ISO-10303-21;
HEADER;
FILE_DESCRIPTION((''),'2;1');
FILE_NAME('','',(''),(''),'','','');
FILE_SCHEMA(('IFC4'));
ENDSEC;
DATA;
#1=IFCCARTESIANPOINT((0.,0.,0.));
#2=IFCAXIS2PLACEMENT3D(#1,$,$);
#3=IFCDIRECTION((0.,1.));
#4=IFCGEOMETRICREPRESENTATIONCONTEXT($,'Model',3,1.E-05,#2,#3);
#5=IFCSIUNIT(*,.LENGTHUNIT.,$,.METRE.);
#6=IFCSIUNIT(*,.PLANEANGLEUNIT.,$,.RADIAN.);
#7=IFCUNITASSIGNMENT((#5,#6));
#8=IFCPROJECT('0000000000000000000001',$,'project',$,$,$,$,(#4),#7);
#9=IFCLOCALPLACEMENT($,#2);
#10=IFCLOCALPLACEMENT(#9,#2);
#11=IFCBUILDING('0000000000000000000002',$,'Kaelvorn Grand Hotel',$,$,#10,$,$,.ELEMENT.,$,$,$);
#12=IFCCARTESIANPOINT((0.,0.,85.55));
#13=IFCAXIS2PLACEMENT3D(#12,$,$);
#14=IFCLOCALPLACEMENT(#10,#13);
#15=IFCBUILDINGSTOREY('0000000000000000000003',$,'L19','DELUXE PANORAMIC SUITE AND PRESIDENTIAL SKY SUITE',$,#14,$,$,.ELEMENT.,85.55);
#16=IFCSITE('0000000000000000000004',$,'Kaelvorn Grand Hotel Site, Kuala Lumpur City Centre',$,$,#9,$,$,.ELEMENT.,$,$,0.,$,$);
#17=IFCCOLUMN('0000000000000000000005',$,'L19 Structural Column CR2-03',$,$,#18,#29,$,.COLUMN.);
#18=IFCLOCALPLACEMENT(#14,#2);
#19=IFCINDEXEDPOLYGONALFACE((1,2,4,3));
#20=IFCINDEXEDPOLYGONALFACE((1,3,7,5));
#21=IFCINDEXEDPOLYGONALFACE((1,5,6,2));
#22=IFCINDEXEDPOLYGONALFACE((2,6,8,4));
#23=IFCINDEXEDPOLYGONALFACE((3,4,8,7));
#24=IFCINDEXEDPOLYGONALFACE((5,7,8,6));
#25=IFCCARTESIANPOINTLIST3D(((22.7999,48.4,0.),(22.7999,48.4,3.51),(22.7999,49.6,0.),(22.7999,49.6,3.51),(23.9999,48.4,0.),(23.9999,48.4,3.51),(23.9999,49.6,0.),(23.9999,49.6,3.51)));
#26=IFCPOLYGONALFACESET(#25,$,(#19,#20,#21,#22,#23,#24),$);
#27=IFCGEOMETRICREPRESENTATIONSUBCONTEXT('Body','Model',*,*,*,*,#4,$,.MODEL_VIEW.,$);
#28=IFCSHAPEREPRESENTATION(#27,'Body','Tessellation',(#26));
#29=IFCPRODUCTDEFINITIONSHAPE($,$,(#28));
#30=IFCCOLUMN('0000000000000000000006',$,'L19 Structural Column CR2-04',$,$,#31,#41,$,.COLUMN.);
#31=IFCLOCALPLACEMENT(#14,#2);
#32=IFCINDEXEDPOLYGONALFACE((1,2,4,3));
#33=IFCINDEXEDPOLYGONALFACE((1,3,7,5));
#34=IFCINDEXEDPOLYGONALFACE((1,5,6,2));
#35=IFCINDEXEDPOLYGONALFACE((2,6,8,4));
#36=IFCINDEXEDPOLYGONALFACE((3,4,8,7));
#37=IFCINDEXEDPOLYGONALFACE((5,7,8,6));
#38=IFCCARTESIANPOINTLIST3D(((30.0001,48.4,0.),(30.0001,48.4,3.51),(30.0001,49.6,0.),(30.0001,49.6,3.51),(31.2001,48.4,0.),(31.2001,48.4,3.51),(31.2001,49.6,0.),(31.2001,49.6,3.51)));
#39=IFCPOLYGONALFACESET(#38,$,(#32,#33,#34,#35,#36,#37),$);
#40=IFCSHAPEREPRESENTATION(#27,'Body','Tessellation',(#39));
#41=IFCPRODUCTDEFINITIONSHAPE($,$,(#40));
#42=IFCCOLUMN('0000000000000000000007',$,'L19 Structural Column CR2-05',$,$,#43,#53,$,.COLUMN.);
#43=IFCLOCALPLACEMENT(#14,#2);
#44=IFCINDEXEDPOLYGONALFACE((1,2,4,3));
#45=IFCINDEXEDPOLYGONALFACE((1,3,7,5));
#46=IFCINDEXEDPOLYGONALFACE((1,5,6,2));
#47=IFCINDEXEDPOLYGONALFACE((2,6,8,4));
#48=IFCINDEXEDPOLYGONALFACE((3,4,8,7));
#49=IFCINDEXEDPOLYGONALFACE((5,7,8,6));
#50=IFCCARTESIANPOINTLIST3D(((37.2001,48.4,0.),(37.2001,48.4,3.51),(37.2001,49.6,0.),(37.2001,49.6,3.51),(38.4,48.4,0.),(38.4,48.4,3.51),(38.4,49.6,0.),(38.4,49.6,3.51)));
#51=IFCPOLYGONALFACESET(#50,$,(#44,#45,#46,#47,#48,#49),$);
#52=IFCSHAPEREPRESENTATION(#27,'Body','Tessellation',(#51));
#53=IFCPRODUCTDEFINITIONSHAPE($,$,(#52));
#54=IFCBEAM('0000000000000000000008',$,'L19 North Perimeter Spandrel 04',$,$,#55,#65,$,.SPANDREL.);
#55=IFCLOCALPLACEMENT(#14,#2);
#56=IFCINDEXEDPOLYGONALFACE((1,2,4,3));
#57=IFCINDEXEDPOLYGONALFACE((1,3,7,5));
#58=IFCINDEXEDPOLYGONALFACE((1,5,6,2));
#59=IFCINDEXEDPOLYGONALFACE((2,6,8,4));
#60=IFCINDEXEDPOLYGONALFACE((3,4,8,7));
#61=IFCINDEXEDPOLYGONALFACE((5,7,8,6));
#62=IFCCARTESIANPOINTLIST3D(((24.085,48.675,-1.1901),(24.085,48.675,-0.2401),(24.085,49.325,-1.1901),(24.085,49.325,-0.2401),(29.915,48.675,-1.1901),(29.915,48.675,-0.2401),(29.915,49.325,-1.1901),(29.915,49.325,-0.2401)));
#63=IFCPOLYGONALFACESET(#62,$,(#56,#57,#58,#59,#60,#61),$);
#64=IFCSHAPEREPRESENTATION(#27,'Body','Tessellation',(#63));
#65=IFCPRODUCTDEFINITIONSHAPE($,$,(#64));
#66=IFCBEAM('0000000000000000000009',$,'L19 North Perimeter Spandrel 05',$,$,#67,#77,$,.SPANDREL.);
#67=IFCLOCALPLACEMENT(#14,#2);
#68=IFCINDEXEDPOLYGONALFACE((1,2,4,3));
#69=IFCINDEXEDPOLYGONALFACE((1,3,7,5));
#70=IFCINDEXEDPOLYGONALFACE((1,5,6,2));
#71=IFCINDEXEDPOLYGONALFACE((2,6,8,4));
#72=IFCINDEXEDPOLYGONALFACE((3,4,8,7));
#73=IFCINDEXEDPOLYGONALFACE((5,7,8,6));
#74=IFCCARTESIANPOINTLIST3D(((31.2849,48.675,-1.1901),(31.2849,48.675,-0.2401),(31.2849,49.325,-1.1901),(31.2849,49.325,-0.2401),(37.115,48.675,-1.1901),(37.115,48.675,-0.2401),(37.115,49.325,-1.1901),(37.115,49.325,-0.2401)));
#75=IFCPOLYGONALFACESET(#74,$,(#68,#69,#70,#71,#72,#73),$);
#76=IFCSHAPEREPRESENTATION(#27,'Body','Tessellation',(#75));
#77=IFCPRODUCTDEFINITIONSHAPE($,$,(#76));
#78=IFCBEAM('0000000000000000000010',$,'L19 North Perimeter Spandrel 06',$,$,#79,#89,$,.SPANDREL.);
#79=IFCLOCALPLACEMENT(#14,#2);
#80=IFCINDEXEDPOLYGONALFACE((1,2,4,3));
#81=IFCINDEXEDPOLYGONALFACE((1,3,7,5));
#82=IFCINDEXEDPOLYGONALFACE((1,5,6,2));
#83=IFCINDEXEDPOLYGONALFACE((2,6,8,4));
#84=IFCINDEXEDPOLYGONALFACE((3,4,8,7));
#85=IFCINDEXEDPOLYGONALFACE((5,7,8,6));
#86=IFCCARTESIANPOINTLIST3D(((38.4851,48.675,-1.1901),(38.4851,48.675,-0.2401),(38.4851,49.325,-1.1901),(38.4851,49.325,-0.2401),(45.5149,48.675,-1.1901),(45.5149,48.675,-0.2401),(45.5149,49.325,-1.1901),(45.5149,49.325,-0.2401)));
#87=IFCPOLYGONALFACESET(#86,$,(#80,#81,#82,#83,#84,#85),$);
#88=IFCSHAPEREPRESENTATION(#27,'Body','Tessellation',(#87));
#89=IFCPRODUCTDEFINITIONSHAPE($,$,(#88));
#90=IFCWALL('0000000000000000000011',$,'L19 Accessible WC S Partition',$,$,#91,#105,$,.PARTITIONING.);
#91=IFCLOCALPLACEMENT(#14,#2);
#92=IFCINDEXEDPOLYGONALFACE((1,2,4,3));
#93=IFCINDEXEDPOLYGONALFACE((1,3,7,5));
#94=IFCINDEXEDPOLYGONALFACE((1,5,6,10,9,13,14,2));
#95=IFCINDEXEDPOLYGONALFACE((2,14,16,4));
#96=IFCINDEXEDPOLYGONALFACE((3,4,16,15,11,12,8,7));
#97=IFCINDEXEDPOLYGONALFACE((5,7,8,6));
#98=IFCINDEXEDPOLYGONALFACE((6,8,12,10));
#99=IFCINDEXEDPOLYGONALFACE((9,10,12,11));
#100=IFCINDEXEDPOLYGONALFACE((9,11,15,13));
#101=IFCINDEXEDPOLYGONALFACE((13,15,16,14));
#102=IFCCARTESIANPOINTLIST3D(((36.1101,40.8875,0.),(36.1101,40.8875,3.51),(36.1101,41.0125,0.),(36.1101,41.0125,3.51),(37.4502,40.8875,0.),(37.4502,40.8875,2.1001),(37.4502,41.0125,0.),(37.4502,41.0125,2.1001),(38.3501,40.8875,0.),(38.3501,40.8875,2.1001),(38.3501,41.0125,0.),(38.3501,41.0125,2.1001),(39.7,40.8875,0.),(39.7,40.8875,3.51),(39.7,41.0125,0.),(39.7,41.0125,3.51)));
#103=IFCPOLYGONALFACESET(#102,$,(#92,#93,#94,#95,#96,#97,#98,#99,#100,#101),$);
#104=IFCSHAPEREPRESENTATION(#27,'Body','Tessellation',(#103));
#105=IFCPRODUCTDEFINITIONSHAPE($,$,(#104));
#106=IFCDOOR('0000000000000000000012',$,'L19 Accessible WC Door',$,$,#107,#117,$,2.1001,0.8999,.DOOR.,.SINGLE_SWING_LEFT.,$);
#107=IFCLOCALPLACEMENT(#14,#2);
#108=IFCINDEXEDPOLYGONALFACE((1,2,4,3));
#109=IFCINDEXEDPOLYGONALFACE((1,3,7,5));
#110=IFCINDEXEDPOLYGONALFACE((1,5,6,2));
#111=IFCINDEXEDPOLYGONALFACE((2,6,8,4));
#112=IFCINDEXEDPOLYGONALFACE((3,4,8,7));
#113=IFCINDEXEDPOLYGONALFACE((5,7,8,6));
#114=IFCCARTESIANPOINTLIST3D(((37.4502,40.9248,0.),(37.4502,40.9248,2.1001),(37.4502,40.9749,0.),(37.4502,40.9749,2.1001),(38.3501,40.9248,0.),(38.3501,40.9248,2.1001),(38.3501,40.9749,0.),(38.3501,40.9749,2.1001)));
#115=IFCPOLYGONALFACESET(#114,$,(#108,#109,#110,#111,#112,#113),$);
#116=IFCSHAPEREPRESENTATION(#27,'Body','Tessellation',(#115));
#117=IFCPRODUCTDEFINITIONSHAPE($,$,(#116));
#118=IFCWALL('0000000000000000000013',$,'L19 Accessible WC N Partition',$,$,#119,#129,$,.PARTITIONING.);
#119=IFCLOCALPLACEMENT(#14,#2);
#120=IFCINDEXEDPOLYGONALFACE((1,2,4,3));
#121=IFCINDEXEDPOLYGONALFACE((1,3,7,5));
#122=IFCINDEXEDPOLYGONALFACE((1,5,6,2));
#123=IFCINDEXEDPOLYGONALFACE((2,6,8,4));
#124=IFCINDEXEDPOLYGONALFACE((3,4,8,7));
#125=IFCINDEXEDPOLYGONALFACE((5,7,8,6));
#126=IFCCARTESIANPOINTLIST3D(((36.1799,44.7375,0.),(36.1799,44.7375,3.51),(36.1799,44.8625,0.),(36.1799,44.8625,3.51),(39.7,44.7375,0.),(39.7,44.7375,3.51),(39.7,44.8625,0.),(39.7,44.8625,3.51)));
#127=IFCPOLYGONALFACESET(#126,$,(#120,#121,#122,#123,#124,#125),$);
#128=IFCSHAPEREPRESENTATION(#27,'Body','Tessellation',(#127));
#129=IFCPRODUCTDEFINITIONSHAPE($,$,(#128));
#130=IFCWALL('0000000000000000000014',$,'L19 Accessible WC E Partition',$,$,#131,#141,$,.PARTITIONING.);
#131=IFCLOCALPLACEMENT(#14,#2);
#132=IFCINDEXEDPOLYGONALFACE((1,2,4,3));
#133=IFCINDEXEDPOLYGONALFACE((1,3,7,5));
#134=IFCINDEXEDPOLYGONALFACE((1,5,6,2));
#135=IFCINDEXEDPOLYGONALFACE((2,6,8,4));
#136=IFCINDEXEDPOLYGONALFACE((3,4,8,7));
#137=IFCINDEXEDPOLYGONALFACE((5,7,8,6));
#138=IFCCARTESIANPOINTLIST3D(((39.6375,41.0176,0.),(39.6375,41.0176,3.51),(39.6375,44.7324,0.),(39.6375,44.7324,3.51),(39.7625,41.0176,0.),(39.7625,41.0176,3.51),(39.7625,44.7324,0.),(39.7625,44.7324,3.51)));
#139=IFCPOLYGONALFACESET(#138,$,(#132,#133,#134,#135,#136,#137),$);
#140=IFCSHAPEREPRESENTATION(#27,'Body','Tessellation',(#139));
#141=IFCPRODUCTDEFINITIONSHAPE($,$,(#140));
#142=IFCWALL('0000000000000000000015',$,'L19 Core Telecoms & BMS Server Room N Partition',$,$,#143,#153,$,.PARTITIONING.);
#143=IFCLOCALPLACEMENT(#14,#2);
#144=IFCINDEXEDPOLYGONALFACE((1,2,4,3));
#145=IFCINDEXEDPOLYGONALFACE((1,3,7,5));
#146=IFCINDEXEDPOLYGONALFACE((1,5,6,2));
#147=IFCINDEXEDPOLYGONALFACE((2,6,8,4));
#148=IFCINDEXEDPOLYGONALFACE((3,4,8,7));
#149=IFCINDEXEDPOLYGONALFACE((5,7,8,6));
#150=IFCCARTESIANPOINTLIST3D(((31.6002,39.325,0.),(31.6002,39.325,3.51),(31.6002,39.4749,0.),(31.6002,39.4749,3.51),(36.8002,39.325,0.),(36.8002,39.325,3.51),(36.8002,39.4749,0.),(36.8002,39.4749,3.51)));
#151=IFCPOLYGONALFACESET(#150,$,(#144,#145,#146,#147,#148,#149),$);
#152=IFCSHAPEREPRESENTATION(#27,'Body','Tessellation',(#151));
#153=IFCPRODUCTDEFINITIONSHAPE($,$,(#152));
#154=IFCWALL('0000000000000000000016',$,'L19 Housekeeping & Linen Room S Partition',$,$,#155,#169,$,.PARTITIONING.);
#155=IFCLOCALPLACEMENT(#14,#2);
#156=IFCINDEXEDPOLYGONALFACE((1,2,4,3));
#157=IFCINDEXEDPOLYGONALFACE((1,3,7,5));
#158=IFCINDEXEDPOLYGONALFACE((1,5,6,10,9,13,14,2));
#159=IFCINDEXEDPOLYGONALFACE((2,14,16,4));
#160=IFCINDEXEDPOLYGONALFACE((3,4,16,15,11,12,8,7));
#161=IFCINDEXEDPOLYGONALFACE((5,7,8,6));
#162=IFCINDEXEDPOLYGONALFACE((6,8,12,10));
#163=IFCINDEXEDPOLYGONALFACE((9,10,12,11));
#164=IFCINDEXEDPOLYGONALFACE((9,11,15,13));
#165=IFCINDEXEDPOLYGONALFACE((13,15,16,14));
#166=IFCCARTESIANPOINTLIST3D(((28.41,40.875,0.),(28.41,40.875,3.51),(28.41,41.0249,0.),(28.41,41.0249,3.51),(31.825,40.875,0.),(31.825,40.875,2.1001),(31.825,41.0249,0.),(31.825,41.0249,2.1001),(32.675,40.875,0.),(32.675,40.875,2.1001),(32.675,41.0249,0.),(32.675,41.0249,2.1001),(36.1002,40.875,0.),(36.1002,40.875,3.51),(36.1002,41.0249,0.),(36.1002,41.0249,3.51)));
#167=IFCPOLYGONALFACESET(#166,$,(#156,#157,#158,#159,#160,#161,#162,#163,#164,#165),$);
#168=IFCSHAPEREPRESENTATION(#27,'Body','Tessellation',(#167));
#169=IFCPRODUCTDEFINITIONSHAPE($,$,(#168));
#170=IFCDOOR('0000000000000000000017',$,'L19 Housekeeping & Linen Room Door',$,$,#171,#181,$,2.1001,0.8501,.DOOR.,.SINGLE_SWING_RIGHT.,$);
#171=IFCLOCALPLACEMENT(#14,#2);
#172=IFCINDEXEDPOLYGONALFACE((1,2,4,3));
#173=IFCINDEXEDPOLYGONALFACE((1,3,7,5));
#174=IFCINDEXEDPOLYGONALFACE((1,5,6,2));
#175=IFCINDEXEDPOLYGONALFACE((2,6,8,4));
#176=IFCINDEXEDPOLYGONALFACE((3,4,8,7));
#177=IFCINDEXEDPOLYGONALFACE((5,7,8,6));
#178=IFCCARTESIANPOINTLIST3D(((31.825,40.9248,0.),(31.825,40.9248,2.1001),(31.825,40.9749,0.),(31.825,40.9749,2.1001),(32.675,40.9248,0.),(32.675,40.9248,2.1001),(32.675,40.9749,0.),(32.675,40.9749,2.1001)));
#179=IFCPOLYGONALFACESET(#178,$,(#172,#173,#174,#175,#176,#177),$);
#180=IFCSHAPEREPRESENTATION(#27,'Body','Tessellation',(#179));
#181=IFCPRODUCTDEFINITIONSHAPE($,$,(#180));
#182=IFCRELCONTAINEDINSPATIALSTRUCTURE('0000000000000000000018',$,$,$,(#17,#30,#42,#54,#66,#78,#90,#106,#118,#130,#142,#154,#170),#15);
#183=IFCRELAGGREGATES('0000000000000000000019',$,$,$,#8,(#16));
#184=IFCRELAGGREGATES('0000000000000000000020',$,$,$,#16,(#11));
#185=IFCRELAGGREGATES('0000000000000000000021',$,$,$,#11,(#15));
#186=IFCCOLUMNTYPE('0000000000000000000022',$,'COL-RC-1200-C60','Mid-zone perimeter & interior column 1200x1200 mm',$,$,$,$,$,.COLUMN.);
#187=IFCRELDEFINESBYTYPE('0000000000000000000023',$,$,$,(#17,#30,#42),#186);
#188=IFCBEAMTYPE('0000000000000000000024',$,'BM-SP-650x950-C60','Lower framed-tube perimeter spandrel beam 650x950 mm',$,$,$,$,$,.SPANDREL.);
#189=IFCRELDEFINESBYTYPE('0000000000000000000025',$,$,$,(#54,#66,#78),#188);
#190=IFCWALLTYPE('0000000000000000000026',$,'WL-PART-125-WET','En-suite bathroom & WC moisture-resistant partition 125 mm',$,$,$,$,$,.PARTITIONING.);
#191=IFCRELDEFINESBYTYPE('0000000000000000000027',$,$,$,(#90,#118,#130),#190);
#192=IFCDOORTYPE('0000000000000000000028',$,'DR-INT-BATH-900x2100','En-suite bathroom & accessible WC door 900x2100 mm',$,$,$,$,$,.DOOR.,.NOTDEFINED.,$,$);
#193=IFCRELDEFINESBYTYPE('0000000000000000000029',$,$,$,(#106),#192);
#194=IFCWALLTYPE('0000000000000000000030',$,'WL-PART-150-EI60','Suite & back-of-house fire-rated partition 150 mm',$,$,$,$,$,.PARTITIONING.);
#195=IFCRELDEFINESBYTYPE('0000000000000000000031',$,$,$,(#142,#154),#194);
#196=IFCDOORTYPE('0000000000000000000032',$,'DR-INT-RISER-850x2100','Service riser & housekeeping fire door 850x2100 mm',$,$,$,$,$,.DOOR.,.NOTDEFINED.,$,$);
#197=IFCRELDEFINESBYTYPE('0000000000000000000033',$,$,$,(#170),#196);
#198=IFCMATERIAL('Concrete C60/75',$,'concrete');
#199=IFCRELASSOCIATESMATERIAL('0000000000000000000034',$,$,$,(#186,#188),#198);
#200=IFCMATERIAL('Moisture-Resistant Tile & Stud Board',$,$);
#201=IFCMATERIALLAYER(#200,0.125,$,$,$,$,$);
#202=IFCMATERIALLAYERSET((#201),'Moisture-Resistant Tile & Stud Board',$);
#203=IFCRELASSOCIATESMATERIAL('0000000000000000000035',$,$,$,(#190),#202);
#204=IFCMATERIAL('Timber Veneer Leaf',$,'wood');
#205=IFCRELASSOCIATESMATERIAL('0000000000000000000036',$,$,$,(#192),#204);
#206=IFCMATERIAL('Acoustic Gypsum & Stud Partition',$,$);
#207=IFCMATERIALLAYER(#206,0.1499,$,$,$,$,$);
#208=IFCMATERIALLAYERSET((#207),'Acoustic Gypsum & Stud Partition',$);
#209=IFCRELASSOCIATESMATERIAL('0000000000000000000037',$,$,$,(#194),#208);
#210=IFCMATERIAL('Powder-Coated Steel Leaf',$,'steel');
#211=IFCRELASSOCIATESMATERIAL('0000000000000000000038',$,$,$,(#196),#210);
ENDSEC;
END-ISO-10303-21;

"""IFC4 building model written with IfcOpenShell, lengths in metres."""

from ifc_helpers import new_model, si_unit, direction, frame, frame_2d, origin, origin_2d, place, context, subcontext, project, spatial, rectangle, extrude, material, layer, layer_set, material_profile, profile_set, type_object, element, fill, save


model = new_model("IFC4")

# Units and contexts
model_context = context("Model", 3, precision=1e-05, world=origin(), true_north=direction((0.0, 1.0)))
body_context = subcontext(model_context, "Body", "Model", "MODEL_VIEW")
ifc_project = project(units=[si_unit("LENGTHUNIT", "METRE"), si_unit("PLANEANGLEUNIT", "RADIAN")], contexts=[model_context])

# Site, building, storey
site_placement = place(None, origin())
site = spatial("IfcSite", under=ifc_project, at=site_placement, Name="Kaelvorn Grand Hotel Site, Kuala Lumpur City Centre", CompositionType="ELEMENT", RefElevation=0.0)
building_placement = place(site_placement, origin())
building = spatial("IfcBuilding", under=site, at=building_placement, Name="Kaelvorn Grand Hotel", CompositionType="ELEMENT")
storey_placement = place(building_placement, frame((0.0, 0.0, 85.55)))
storey = spatial("IfcBuildingStorey", under=building, at=storey_placement, Name="L19", Description="DELUXE PANORAMIC SUITE AND PRESIDENTIAL SKY SUITE", CompositionType="ELEMENT", Elevation=85.55)

# Columns
ifc_material_1 = material(Name="Concrete C60/75", Category="concrete")
ifc_material_profile_1 = material_profile(ifc_material_1, rectangle(XDim=1.2, YDim=1.2, at=origin_2d()), Name="RC COL 1200x1200")
ifc_profile_set_1 = profile_set([ifc_material_profile_1], Name="Concrete C60/75")
column_type = type_object("IfcColumnType", Name="COL-RC-1200-C60", Description="Mid-zone perimeter & interior column 1200x1200 mm", PredefinedType="COLUMN", material=ifc_profile_set_1)
for number, where, z_axis, x_axis, name in (
    (1, (23.3999, 49.0, 0.0), (0.0, 0.0, 1.0), (1.0, 0.0, 0.0), "L19 Structural Column CR2-03"),
    (2, (30.6001, 49.0, 0.0), (0.0, 0.0, 1.0), (1.0, 0.0, 0.0), "L19 Structural Column CR2-04"),
    (3, (37.8, 49.0, 0.0), (0.0, 0.0, 1.0), (1.0, 0.0, 0.0), "L19 Structural Column CR2-05"),
):
    element("IfcColumn", number, at=place(storey_placement, frame(where, z_axis=z_axis, x_axis=x_axis)), inside=storey, type_object=column_type, Name=name, PredefinedType="COLUMN", context=body_context, shape_type="SweptSolid", body=[
        extrude(rectangle(XDim=1.2, YDim=1.2, at=origin_2d()), origin(), (0.0, 0.0, 1.0), 3.51),
    ])

# Beams
ifc_material_profile_2 = material_profile(ifc_material_1, rectangle(XDim=0.6499, YDim=0.95, at=origin_2d()), Name="RC SPANDREL 650x950")
ifc_profile_set_2 = profile_set([ifc_material_profile_2], Name="Concrete C60/75")
beam_type = type_object("IfcBeamType", Name="BM-SP-650x950-C60", Description="Lower framed-tube perimeter spandrel beam 650x950 mm", PredefinedType="SPANDREL", material=ifc_profile_set_2)
for number, where, z_axis, x_axis, name in (
    (4, (24.085, 49.0, -0.7151), (1.0, 0.0, 0.0), (0.0, 1.0, 0.0), "L19 North Perimeter Spandrel 04"),
    (5, (31.2849, 49.0, -0.7151), (1.0, 0.0, 0.0), (0.0, 1.0, 0.0), "L19 North Perimeter Spandrel 05"),
):
    element("IfcBeam", number, at=place(storey_placement, frame(where, z_axis=z_axis, x_axis=x_axis)), inside=storey, type_object=beam_type, Name=name, PredefinedType="SPANDREL", context=body_context, shape_type="SweptSolid", body=[
        extrude(rectangle(XDim=0.6499, YDim=0.95, at=origin_2d()), origin(), (0.0, 0.0, 1.0), 5.8301),
    ])
beam_placement = place(storey_placement, frame((38.4851, 49.0, -0.7151), z_axis=(1.0, 0.0, 0.0), x_axis=(0.0, 1.0, 0.0)))
element("IfcBeam", 6, at=beam_placement, inside=storey, type_object=beam_type, Name="L19 North Perimeter Spandrel 06", PredefinedType="SPANDREL", context=body_context, shape_type="SweptSolid", body=[
    extrude(rectangle(XDim=0.6499, YDim=0.95, at=origin_2d()), origin(), (0.0, 0.0, 1.0), 7.0298),
])

# Wall, opening, door
ifc_material_2 = material(Name="Moisture-Resistant Tile & Stud Board")
ifc_layer_1 = layer(ifc_material_2, 0.125)
ifc_layer_set_1 = layer_set([ifc_layer_1], Name="Moisture-Resistant Tile & Stud Board")
wall_type_1 = type_object("IfcWallType", Name="WL-PART-125-WET", Description="En-suite bathroom & WC moisture-resistant partition 125 mm", PredefinedType="PARTITIONING", material=ifc_layer_set_1)
wall_1_placement = place(storey_placement, frame((36.1101, 40.95, 0.0), z_axis=(0.0, 0.0, 1.0), x_axis=(1.0, 0.0, 0.0)))
wall_1 = element("IfcWall", 7, at=wall_1_placement, inside=storey, type_object=wall_type_1, Name="L19 Accessible WC S Partition", PredefinedType="PARTITIONING", context=body_context, shape_type="SweptSolid", body=[
    extrude(rectangle(XDim=3.5898, YDim=0.125, at=frame_2d((1.7949, 0.0))), origin(), (0.0, 0.0, 1.0), 3.51),
])
opening_1_placement = place(wall_1_placement, frame((1.3401, 0.0, 0.0)))
opening_1 = element("IfcOpeningElement", 8, at=opening_1_placement, cuts=wall_1, PredefinedType="OPENING", context=body_context, shape_type="SweptSolid", body=[
    extrude(rectangle(XDim=0.8999, YDim=2.1001, at=frame_2d((0.45, 1.05))), frame((0.0, 0.0725, 0.0), z_axis=(0.0, -1.0, 0.0), x_axis=(1.0, 0.0, 0.0)), (0.0, 0.0, 1.0), 0.145),
])
ifc_material_3 = material(Name="Timber Veneer Leaf", Category="wood")
door_type_1 = type_object("IfcDoorType", Name="DR-INT-BATH-900x2100", Description="En-suite bathroom & accessible WC door 900x2100 mm", OperationType="NOTDEFINED", PredefinedType="DOOR", material=ifc_material_3)
door_1_placement = place(opening_1_placement, origin())
door_1 = element("IfcDoor", 9, at=door_1_placement, inside=storey, type_object=door_type_1, Name="L19 Accessible WC Door", OperationType="SINGLE_SWING_LEFT", OverallHeight=2.1001, OverallWidth=0.8999, PredefinedType="DOOR", context=body_context, shape_type="SweptSolid", body=[
    extrude(rectangle(XDim=0.8999, YDim=2.1001, at=frame_2d((0.45, 1.05))), frame((0.0, 0.0249, 0.0), z_axis=(0.0, -1.0, 0.0), x_axis=(1.0, 0.0, 0.0)), (0.0, 0.0, 1.0), 0.05),
])
fill(opening_1, door_1)

# Walls
wall_2_placement = place(storey_placement, frame((36.1799, 44.8, 0.0), z_axis=(0.0, 0.0, 1.0), x_axis=(1.0, 0.0, 0.0)))
element("IfcWall", 10, at=wall_2_placement, inside=storey, type_object=wall_type_1, Name="L19 Accessible WC N Partition", PredefinedType="PARTITIONING", context=body_context, shape_type="SweptSolid", body=[
    extrude(rectangle(XDim=3.52, YDim=0.125, at=frame_2d((1.76, 0.0))), origin(), (0.0, 0.0, 1.0), 3.51),
])
wall_3_placement = place(storey_placement, frame((39.7, 41.0176, 0.0), z_axis=(0.0, 0.0, 1.0), x_axis=(0.0, 1.0, 0.0)))
element("IfcWall", 11, at=wall_3_placement, inside=storey, type_object=wall_type_1, Name="L19 Accessible WC E Partition", PredefinedType="PARTITIONING", context=body_context, shape_type="SweptSolid", body=[
    extrude(rectangle(XDim=3.7148, YDim=0.125, at=frame_2d((1.8574, 0.0))), origin(), (0.0, 0.0, 1.0), 3.51),
])
ifc_material_4 = material(Name="Acoustic Gypsum & Stud Partition")
ifc_layer_2 = layer(ifc_material_4, 0.1499)
ifc_layer_set_2 = layer_set([ifc_layer_2], Name="Acoustic Gypsum & Stud Partition")
wall_type_2 = type_object("IfcWallType", Name="WL-PART-150-EI60", Description="Suite & back-of-house fire-rated partition 150 mm", PredefinedType="PARTITIONING", material=ifc_layer_set_2)
wall_4_placement = place(storey_placement, frame((31.6001, 39.3999, 0.0), z_axis=(0.0, 0.0, 1.0), x_axis=(1.0, 0.0, 0.0)))
element("IfcWall", 12, at=wall_4_placement, inside=storey, type_object=wall_type_2, Name="L19 Core Telecoms & BMS Server Room N Partition", PredefinedType="PARTITIONING", context=body_context, shape_type="SweptSolid", body=[
    extrude(rectangle(XDim=5.2, YDim=0.1499, at=frame_2d((2.6001, 0.0))), origin(), (0.0, 0.0, 1.0), 3.51),
])

# Wall, opening, door
wall_5_placement = place(storey_placement, frame((28.4099, 40.95, 0.0), z_axis=(0.0, 0.0, 1.0), x_axis=(1.0, 0.0, 0.0)))
wall_5 = element("IfcWall", 13, at=wall_5_placement, inside=storey, type_object=wall_type_2, Name="L19 Housekeeping & Linen Room S Partition", PredefinedType="PARTITIONING", context=body_context, shape_type="SweptSolid", body=[
    extrude(rectangle(XDim=7.6902, YDim=0.1499, at=frame_2d((3.8452, 0.0))), origin(), (0.0, 0.0, 1.0), 3.51),
])
opening_2_placement = place(wall_5_placement, frame((3.415, 0.0, 0.0)))
opening_2 = element("IfcOpeningElement", 14, at=opening_2_placement, cuts=wall_5, PredefinedType="OPENING", context=body_context, shape_type="SweptSolid", body=[
    extrude(rectangle(XDim=0.8501, YDim=2.1001, at=frame_2d((0.425, 1.05))), frame((0.0, 0.085, 0.0), z_axis=(0.0, -1.0, 0.0), x_axis=(1.0, 0.0, 0.0)), (0.0, 0.0, 1.0), 0.1699),
])
ifc_material_5 = material(Name="Powder-Coated Steel Leaf", Category="steel")
door_type_2 = type_object("IfcDoorType", Name="DR-INT-RISER-850x2100", Description="Service riser & housekeeping fire door 850x2100 mm", OperationType="NOTDEFINED", PredefinedType="DOOR", material=ifc_material_5)
door_2_placement = place(opening_2_placement, origin())
door_2 = element("IfcDoor", 15, at=door_2_placement, inside=storey, type_object=door_type_2, Name="L19 Housekeeping & Linen Room Door", OperationType="SINGLE_SWING_RIGHT", OverallHeight=2.1001, OverallWidth=0.8501, PredefinedType="DOOR", context=body_context, shape_type="SweptSolid", body=[
    extrude(rectangle(XDim=0.8501, YDim=2.1001, at=frame_2d((0.425, 1.05))), frame((0.0, 0.0249, 0.0), z_axis=(0.0, -1.0, 0.0), x_axis=(1.0, 0.0, 0.0)), (0.0, 0.0, 1.0), 0.05),
])
fill(opening_2, door_2)

save(model, "model.ifc")
